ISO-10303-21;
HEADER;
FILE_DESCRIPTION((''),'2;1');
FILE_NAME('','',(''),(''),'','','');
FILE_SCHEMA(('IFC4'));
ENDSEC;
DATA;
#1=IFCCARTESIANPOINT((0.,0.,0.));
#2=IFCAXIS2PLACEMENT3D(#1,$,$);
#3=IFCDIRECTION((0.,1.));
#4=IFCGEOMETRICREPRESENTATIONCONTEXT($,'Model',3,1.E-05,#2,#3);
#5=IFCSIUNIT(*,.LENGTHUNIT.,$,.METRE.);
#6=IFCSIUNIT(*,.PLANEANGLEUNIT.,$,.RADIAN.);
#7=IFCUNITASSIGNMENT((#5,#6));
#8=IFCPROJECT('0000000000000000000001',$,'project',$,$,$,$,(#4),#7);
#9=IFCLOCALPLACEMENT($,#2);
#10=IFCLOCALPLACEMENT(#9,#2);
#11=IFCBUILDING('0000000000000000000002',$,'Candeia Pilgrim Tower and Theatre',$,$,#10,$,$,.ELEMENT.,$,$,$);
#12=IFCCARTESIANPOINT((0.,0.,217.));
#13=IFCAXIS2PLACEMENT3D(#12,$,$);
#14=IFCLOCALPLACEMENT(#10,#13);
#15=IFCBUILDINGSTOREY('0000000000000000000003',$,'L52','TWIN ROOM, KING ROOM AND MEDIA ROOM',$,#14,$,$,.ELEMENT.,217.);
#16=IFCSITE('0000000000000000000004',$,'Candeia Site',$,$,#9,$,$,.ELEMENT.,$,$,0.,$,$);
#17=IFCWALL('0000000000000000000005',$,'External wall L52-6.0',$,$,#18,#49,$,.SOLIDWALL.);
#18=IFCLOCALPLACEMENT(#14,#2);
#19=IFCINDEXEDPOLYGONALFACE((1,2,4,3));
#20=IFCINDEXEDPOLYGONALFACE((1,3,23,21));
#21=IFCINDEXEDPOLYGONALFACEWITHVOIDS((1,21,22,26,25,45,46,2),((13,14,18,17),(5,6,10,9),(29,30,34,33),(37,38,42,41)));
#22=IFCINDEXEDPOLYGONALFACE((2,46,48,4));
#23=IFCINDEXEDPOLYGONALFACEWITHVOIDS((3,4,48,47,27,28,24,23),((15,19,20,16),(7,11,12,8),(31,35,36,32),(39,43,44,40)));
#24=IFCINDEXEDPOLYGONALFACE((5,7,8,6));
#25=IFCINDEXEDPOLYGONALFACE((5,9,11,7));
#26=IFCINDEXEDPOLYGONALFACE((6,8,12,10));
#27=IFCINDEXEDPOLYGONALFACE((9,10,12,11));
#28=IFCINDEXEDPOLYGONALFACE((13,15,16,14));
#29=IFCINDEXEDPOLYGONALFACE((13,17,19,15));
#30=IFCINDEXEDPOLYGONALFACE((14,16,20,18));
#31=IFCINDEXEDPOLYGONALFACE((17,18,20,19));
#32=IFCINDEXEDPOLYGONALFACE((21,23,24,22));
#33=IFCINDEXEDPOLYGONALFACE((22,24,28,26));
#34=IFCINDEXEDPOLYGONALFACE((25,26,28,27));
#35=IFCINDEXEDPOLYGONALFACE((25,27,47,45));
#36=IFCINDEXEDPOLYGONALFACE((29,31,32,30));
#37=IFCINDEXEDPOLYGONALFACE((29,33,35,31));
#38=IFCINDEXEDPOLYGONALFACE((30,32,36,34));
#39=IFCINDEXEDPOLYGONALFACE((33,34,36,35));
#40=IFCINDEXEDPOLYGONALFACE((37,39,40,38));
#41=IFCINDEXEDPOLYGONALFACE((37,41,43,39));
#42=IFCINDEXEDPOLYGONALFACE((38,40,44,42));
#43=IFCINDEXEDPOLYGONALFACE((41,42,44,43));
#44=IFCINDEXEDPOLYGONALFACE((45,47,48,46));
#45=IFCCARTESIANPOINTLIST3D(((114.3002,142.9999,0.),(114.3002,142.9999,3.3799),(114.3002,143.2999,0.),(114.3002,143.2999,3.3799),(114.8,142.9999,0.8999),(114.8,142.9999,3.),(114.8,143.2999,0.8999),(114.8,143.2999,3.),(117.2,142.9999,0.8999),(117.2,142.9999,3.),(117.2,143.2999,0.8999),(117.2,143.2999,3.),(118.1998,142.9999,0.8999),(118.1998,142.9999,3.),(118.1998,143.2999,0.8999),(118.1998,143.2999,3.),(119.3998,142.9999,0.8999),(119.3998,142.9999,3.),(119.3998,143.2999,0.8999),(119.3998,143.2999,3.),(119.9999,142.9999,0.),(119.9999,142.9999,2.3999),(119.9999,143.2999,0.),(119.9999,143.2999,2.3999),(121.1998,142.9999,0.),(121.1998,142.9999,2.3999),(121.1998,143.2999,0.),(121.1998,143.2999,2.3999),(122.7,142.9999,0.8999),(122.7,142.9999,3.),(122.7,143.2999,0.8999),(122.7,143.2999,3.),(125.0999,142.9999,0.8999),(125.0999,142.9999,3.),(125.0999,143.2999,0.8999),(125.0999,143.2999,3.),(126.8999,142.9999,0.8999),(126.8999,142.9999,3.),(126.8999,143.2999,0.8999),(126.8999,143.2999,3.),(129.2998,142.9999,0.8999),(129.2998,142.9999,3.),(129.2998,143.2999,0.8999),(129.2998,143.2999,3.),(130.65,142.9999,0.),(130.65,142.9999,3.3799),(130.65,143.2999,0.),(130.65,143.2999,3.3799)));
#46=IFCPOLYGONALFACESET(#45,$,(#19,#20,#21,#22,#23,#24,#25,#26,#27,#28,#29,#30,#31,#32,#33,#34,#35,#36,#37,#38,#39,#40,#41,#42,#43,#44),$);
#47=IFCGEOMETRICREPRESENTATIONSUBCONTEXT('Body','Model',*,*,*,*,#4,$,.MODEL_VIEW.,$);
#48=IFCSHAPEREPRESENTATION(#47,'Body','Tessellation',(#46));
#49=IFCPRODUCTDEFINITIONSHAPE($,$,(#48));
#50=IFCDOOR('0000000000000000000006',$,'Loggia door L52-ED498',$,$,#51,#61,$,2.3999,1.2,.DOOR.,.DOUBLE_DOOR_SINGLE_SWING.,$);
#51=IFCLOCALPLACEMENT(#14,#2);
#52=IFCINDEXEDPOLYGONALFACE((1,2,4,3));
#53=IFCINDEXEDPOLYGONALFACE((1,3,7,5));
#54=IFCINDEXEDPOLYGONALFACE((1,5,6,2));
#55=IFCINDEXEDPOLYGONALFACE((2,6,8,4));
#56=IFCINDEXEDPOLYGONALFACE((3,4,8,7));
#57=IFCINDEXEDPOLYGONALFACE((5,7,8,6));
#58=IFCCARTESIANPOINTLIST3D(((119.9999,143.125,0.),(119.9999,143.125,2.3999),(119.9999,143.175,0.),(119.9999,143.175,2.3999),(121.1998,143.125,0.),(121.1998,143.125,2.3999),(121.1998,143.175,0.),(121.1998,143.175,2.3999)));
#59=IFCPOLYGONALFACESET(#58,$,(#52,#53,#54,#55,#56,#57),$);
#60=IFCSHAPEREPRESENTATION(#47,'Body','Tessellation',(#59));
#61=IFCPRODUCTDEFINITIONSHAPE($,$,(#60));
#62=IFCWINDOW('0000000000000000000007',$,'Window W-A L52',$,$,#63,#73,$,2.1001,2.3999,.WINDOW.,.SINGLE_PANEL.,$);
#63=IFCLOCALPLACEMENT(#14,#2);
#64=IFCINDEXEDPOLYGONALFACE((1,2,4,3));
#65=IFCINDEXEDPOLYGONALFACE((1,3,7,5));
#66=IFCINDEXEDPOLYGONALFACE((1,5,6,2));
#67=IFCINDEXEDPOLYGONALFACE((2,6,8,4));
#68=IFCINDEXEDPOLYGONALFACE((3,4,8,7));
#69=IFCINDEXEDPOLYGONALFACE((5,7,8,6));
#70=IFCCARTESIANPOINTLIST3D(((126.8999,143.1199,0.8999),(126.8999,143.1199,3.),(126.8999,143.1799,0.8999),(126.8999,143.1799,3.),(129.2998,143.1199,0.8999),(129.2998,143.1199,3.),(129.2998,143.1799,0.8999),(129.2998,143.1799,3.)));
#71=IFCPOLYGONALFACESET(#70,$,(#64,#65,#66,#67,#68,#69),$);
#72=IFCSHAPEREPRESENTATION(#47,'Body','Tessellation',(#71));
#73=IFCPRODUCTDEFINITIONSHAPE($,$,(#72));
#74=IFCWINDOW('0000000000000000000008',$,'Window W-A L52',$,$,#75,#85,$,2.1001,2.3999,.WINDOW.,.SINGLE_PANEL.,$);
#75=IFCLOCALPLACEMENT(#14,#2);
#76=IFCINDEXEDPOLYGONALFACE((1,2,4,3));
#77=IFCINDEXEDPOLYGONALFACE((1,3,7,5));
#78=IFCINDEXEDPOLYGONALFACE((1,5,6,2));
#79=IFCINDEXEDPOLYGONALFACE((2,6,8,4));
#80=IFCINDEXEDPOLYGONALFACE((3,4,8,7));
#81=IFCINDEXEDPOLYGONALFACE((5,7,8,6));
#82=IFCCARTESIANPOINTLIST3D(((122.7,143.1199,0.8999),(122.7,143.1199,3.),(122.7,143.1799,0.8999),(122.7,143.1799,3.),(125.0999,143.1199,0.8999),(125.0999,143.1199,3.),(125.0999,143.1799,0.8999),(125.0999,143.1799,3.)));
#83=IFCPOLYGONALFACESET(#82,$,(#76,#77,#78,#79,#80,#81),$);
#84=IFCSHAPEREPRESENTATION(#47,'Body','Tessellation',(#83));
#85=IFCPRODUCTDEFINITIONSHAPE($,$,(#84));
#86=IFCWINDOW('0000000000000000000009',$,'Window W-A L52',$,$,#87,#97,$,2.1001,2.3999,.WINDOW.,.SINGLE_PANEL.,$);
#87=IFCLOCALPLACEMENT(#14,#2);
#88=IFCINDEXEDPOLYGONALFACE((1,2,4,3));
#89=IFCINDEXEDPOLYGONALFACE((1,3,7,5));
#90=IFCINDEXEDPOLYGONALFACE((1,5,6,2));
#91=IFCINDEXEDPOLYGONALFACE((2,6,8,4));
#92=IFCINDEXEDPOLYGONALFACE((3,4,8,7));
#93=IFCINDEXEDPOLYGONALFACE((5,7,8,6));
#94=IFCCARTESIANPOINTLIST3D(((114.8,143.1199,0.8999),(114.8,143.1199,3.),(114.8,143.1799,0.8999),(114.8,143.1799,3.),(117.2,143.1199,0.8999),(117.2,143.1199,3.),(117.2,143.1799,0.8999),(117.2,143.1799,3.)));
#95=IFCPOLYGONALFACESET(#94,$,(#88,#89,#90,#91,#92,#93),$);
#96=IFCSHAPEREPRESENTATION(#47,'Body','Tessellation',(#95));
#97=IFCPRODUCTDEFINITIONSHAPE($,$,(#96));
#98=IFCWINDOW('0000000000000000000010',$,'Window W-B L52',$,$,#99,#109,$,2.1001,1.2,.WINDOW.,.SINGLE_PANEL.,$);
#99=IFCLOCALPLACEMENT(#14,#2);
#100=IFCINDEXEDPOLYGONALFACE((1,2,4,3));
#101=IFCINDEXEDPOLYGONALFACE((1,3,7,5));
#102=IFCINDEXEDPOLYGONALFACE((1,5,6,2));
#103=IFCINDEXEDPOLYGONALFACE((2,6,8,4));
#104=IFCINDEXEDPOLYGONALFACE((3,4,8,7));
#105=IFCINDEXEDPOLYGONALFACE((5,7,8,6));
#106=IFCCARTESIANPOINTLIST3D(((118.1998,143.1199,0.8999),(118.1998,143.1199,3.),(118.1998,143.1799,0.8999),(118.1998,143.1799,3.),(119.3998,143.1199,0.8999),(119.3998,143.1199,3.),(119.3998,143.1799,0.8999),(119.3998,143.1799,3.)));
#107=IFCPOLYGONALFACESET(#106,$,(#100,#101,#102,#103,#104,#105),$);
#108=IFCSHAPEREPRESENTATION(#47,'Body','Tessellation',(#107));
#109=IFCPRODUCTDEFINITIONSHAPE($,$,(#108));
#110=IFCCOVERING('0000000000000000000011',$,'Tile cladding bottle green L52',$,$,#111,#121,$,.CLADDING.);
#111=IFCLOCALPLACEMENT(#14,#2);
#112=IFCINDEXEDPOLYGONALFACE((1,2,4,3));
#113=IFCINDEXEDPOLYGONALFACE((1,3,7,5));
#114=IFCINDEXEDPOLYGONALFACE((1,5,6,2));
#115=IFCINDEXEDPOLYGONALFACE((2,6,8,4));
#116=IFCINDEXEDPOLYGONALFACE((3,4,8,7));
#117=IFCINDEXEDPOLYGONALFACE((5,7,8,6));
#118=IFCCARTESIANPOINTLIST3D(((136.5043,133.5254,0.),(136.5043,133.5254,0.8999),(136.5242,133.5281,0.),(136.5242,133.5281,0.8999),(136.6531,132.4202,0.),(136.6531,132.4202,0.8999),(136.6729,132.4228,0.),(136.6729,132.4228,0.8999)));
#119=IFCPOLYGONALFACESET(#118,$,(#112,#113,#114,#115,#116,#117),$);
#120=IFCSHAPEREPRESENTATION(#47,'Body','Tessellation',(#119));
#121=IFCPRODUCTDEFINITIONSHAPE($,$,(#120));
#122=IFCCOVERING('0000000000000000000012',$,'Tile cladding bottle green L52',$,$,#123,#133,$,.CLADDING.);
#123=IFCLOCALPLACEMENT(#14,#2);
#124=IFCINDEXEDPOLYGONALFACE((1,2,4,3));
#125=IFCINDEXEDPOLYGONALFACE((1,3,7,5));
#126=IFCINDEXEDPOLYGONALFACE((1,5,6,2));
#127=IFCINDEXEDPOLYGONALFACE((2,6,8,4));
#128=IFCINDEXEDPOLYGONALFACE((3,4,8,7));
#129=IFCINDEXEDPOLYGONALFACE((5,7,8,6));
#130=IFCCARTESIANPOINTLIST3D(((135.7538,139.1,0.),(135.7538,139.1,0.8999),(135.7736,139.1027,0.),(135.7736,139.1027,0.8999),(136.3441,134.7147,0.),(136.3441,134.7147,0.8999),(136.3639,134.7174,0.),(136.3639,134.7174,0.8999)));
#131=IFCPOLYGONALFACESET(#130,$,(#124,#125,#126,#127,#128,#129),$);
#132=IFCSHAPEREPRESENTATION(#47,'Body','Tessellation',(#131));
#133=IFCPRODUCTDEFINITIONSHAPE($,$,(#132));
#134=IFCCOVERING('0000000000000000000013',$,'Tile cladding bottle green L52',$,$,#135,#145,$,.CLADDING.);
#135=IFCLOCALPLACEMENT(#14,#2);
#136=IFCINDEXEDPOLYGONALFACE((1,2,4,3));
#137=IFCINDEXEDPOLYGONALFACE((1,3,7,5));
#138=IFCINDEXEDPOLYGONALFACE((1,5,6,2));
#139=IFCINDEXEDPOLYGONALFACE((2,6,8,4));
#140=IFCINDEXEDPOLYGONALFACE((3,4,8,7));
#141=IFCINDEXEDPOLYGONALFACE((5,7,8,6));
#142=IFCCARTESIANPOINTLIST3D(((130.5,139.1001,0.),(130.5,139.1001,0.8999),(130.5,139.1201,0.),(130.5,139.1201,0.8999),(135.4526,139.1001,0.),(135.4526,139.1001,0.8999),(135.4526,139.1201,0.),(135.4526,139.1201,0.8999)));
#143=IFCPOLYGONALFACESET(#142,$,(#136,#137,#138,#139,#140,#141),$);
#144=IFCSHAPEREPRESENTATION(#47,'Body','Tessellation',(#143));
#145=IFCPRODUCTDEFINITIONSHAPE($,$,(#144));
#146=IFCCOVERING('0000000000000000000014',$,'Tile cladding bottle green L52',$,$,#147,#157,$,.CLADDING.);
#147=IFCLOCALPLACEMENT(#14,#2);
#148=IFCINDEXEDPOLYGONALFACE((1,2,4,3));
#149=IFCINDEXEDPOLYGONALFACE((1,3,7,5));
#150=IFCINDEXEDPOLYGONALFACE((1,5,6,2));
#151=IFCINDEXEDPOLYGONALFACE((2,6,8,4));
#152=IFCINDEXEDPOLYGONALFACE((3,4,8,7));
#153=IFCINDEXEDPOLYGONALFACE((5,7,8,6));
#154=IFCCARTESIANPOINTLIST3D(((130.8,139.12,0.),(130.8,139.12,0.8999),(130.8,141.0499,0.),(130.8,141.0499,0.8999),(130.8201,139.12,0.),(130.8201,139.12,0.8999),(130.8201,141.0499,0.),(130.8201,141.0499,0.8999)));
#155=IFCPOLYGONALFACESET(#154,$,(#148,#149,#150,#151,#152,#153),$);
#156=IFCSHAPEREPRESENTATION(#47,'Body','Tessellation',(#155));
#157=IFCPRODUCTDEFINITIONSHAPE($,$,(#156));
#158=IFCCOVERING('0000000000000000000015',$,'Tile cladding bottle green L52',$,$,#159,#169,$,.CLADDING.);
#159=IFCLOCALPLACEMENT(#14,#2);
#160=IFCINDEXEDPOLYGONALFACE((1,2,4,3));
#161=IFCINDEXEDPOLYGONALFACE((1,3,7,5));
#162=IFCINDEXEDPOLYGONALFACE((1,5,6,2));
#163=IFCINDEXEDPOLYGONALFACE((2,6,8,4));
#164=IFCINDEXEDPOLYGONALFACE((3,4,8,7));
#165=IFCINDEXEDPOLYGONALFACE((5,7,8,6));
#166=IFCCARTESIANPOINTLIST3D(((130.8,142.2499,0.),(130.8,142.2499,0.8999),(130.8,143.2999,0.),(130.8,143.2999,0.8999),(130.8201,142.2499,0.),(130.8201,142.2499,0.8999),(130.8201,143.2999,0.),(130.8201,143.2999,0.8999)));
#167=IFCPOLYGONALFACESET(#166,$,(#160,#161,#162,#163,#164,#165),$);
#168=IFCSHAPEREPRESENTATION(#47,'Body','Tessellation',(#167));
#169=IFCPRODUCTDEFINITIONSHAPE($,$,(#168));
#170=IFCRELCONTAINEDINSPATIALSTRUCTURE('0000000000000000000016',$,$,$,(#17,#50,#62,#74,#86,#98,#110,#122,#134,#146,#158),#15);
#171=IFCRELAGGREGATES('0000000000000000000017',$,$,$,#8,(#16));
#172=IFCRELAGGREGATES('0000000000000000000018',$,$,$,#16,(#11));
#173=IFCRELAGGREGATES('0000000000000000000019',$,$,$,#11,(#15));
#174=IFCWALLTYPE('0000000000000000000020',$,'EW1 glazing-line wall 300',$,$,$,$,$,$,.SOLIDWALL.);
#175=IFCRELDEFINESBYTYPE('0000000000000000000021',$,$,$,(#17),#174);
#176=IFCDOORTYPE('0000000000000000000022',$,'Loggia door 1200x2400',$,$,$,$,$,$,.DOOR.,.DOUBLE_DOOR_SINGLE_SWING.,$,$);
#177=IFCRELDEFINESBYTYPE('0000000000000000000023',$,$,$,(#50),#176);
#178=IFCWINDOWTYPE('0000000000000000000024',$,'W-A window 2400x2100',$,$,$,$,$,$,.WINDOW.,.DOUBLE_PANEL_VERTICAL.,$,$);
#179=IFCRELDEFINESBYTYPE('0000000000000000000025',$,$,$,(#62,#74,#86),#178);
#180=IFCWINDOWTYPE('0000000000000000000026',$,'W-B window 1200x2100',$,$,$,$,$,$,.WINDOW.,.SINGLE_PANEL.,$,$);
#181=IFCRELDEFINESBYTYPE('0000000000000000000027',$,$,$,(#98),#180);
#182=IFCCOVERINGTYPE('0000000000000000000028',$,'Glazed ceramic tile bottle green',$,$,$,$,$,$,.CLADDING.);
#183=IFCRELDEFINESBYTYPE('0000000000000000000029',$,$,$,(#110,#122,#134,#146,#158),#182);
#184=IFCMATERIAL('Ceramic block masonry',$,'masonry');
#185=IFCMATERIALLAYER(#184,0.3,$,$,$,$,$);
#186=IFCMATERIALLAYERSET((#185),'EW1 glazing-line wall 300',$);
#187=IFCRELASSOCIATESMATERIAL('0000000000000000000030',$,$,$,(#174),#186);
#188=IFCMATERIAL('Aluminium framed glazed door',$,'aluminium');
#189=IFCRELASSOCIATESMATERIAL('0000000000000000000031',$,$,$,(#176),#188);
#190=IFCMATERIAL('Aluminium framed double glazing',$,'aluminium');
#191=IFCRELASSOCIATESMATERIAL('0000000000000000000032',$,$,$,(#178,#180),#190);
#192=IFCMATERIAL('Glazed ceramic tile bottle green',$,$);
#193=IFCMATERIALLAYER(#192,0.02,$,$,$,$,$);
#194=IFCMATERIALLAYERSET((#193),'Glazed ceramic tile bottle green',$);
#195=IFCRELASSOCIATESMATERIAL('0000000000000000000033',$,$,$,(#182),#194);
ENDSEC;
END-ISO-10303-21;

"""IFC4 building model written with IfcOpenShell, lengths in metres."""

from ifc_helpers import new_model, si_unit, direction, frame, frame_2d, origin, origin_2d, place, context, subcontext, project, spatial, rectangle, extrude, material, layer, layer_set, type_object, element, fill, save


model = new_model("IFC4")

# Units and contexts
model_context = context("Model", 3, precision=1e-05, world=origin(), true_north=direction((0.0, 1.0)))
body_context = subcontext(model_context, "Body", "Model", "MODEL_VIEW")
ifc_project = project(units=[si_unit("LENGTHUNIT", "METRE"), si_unit("PLANEANGLEUNIT", "RADIAN")], contexts=[model_context])

# Site, building, storey
site_placement = place(None, origin())
site = spatial("IfcSite", under=ifc_project, at=site_placement, Name="Candeia Site", CompositionType="ELEMENT", RefElevation=0.0)
building_placement = place(site_placement, origin())
building = spatial("IfcBuilding", under=site, at=building_placement, Name="Candeia Pilgrim Tower and Theatre", CompositionType="ELEMENT")
storey_placement = place(building_placement, frame((0.0, 0.0, 217.0)))
storey = spatial("IfcBuildingStorey", under=building, at=storey_placement, Name="L52", Description="TWIN ROOM, KING ROOM AND MEDIA ROOM", CompositionType="ELEMENT", Elevation=217.0)

# Shared definitions
ifc_material_1 = material(Name="Ceramic block masonry", Category="masonry")
ifc_layer_1 = layer(ifc_material_1, 0.3)
ifc_layer_set_1 = layer_set([ifc_layer_1], Name="EW1 glazing-line wall 300")
wall_type = type_object("IfcWallType", Name="EW1 glazing-line wall 300", PredefinedType="SOLIDWALL", material=ifc_layer_set_1)
ifc_material_2 = material(Name="Aluminium framed glazed door", Category="aluminium")
door_type = type_object("IfcDoorType", Name="Loggia door 1200x2400", OperationType="DOUBLE_DOOR_SINGLE_SWING", PredefinedType="DOOR", material=ifc_material_2)
ifc_material_3 = material(Name="Aluminium framed double glazing", Category="aluminium")
window_type_1 = type_object("IfcWindowType", Name="W-A window 2400x2100", PartitioningType="DOUBLE_PANEL_VERTICAL", PredefinedType="WINDOW", material=ifc_material_3)

# Shared definitions
window_type_2 = type_object("IfcWindowType", Name="W-B window 1200x2100", PartitioningType="SINGLE_PANEL", PredefinedType="WINDOW", material=ifc_material_3)

# Wall, openings, door, windows
wall_1_placement = place(storey_placement, frame((130.6499, 143.1499, 0.0), z_axis=(0.0, 0.0, 1.0), x_axis=(-1.0, 0.0, 0.0)))
wall_1 = element("IfcWall", 1, at=wall_1_placement, inside=storey, type_object=wall_type, Name="External wall L52-6.0", PredefinedType="SOLIDWALL", context=body_context, shape_type="SweptSolid", body=[
    extrude(rectangle(XDim=16.3499, YDim=0.3, at=frame_2d((8.1748, 0.0))), origin(), (0.0, 0.0, 1.0), 3.3799),
])
opening_1_placement = place(wall_1_placement, frame((1.3501, 0.0, 0.8999)))
opening_1 = element("IfcOpeningElement", 2, at=opening_1_placement, cuts=wall_1, PredefinedType="OPENING", context=body_context, shape_type="SweptSolid", body=[
    extrude(rectangle(XDim=2.3999, YDim=2.1001, at=frame_2d((1.2, 1.05))), frame((0.0, 0.1602, 0.0), z_axis=(0.0, -1.0, 0.0), x_axis=(1.0, 0.0, 0.0)), (0.0, 0.0, 1.0), 0.3201),
])
opening_2_placement = place(wall_1_placement, frame((5.55, 0.0, 0.8999)))
opening_2 = element("IfcOpeningElement", 3, at=opening_2_placement, cuts=wall_1, PredefinedType="OPENING", context=body_context, shape_type="SweptSolid", body=[
    extrude(rectangle(XDim=2.3999, YDim=2.1001, at=frame_2d((1.2, 1.05))), frame((0.0, 0.1602, 0.0), z_axis=(0.0, -1.0, 0.0), x_axis=(1.0, 0.0, 0.0)), (0.0, 0.0, 1.0), 0.3201),
])
opening_3_placement = place(wall_1_placement, frame((9.45, 0.0, 0.0)))
opening_3 = element("IfcOpeningElement", 4, at=opening_3_placement, cuts=wall_1, PredefinedType="OPENING", context=body_context, shape_type="SweptSolid", body=[
    extrude(rectangle(XDim=1.2, YDim=2.3999, at=frame_2d((0.6001, 1.2))), frame((0.0, 0.1602, 0.0), z_axis=(0.0, -1.0, 0.0), x_axis=(1.0, 0.0, 0.0)), (0.0, 0.0, 1.0), 0.3201),
])
opening_4_placement = place(wall_1_placement, frame((11.25, 0.0, 0.8999)))
opening_4 = element("IfcOpeningElement", 5, at=opening_4_placement, cuts=wall_1, PredefinedType="OPENING", context=body_context, shape_type="SweptSolid", body=[
    extrude(rectangle(XDim=1.2, YDim=2.1001, at=frame_2d((0.6001, 1.05))), frame((0.0, 0.1602, 0.0), z_axis=(0.0, -1.0, 0.0), x_axis=(1.0, 0.0, 0.0)), (0.0, 0.0, 1.0), 0.3201),
])
opening_5_placement = place(wall_1_placement, frame((13.45, 0.0, 0.8999)))
opening_5 = element("IfcOpeningElement", 6, at=opening_5_placement, cuts=wall_1, PredefinedType="OPENING", context=body_context, shape_type="SweptSolid", body=[
    extrude(rectangle(XDim=2.3999, YDim=2.1001, at=frame_2d((1.2, 1.05))), frame((0.0, 0.1602, 0.0), z_axis=(0.0, -1.0, 0.0), x_axis=(1.0, 0.0, 0.0)), (0.0, 0.0, 1.0), 0.3201),
])
door_1_placement = place(opening_3_placement, origin())
door_1 = element("IfcDoor", 7, at=door_1_placement, inside=storey, type_object=door_type, Name="Loggia door L52-ED498", OperationType="DOUBLE_DOOR_SINGLE_SWING", OverallHeight=2.3999, OverallWidth=1.2, PredefinedType="DOOR", context=body_context, shape_type="SweptSolid", body=[
    extrude(rectangle(XDim=1.2, YDim=2.3999, at=frame_2d((0.6001, 1.2))), frame((0.0, 0.0249, 0.0), z_axis=(0.0, -1.0, 0.0), x_axis=(1.0, 0.0, 0.0)), (0.0, 0.0, 1.0), 0.05),
])
fill(opening_3, door_1)
window_1_placement = place(opening_1_placement, origin())
window_1 = element("IfcWindow", 8, at=window_1_placement, inside=storey, type_object=window_type_1, Name="Window W-A L52", OverallHeight=2.1001, OverallWidth=2.3999, PartitioningType="SINGLE_PANEL", PredefinedType="WINDOW", context=body_context, shape_type="SweptSolid", body=[
    extrude(rectangle(XDim=2.3999, YDim=2.1001, at=frame_2d((1.2, 1.05))), frame((0.0, 0.03, 0.0), z_axis=(0.0, -1.0, 0.0), x_axis=(1.0, 0.0, 0.0)), (0.0, 0.0, 1.0), 0.0601),
])
fill(opening_1, window_1)
window_2_placement = place(opening_2_placement, origin())
window_2 = element("IfcWindow", 9, at=window_2_placement, inside=storey, type_object=window_type_1, Name="Window W-A L52", OverallHeight=2.1001, OverallWidth=2.3999, PartitioningType="SINGLE_PANEL", PredefinedType="WINDOW", context=body_context, shape_type="SweptSolid", body=[
    extrude(rectangle(XDim=2.3999, YDim=2.1001, at=frame_2d((1.2, 1.05))), frame((0.0, 0.03, 0.0), z_axis=(0.0, -1.0, 0.0), x_axis=(1.0, 0.0, 0.0)), (0.0, 0.0, 1.0), 0.0601),
])
fill(opening_2, window_2)
window_3_placement = place(opening_5_placement, origin())
window_3 = element("IfcWindow", 10, at=window_3_placement, inside=storey, type_object=window_type_1, Name="Window W-A L52", OverallHeight=2.1001, OverallWidth=2.3999, PartitioningType="SINGLE_PANEL", PredefinedType="WINDOW", context=body_context, shape_type="SweptSolid", body=[
    extrude(rectangle(XDim=2.3999, YDim=2.1001, at=frame_2d((1.2, 1.05))), frame((0.0, 0.03, 0.0), z_axis=(0.0, -1.0, 0.0), x_axis=(1.0, 0.0, 0.0)), (0.0, 0.0, 1.0), 0.0601),
])
fill(opening_5, window_3)
window_4_placement = place(opening_4_placement, origin())
window_4 = element("IfcWindow", 11, at=window_4_placement, inside=storey, type_object=window_type_2, Name="Window W-B L52", OverallHeight=2.1001, OverallWidth=1.2, PartitioningType="SINGLE_PANEL", PredefinedType="WINDOW", context=body_context, shape_type="SweptSolid", body=[
    extrude(rectangle(XDim=1.2, YDim=2.1001, at=frame_2d((0.6001, 1.05))), frame((0.0, 0.03, 0.0), z_axis=(0.0, -1.0, 0.0), x_axis=(1.0, 0.0, 0.0)), (0.0, 0.0, 1.0), 0.0601),
])
fill(opening_4, window_4)

# Coverings
ifc_material_4 = material(Name="Glazed ceramic tile bottle green")
ifc_layer_2 = layer(ifc_material_4, 0.02)
ifc_layer_set_2 = layer_set([ifc_layer_2], Name="Glazed ceramic tile bottle green")
covering_type = type_object("IfcCoveringType", Name="Glazed ceramic tile bottle green", PredefinedType="CLADDING", material=ifc_layer_set_2)
covering_1_placement = place(storey_placement, frame((136.5886, 132.9741, 0.0), z_axis=(0.0, 0.0, 1.0), x_axis=(-0.133412, 0.991061, 0.0)))
element("IfcCovering", 12, at=covering_1_placement, inside=storey, type_object=covering_type, Name="Tile cladding bottle green L52", PredefinedType="CLADDING", context=body_context, shape_type="SweptSolid", body=[
    extrude(rectangle(XDim=1.1152, YDim=0.02, at=origin_2d()), origin(), (0.0, 0.0, 1.0), 0.8999),
])
covering_2_placement = place(storey_placement, frame((136.0588, 136.9087, 0.0), z_axis=(0.0, 0.0, 1.0), x_axis=(-0.133412, 0.991061, 0.0)))
element("IfcCovering", 13, at=covering_2_placement, inside=storey, type_object=covering_type, Name="Tile cladding bottle green L52", PredefinedType="CLADDING", context=body_context, shape_type="SweptSolid", body=[
    extrude(rectangle(XDim=4.4248, YDim=0.02, at=origin_2d()), origin(), (0.0, 0.0, 1.0), 0.8999),
])
covering_3_placement = place(storey_placement, frame((132.9763, 139.1101, 0.0), z_axis=(0.0, 0.0, 1.0), x_axis=(-1.0, 0.0, 0.0)))
element("IfcCovering", 14, at=covering_3_placement, inside=storey, type_object=covering_type, Name="Tile cladding bottle green L52", PredefinedType="CLADDING", context=body_context, shape_type="SweptSolid", body=[
    extrude(rectangle(XDim=4.9526, YDim=0.02, at=origin_2d()), origin(), (0.0, 0.0, 1.0), 0.8999),
])
covering_4_placement = place(storey_placement, frame((130.8101, 140.085, 0.0), z_axis=(0.0, 0.0, 1.0), x_axis=(0.0, 1.0, 0.0)))
element("IfcCovering", 15, at=covering_4_placement, inside=storey, type_object=covering_type, Name="Tile cladding bottle green L52", PredefinedType="CLADDING", context=body_context, shape_type="SweptSolid", body=[
    extrude(rectangle(XDim=1.9299, YDim=0.02, at=origin_2d()), origin(), (0.0, 0.0, 1.0), 0.8999),
])
covering_5_placement = place(storey_placement, frame((130.8101, 142.7749, 0.0), z_axis=(0.0, 0.0, 1.0), x_axis=(0.0, 1.0, 0.0)))
element("IfcCovering", 16, at=covering_5_placement, inside=storey, type_object=covering_type, Name="Tile cladding bottle green L52", PredefinedType="CLADDING", context=body_context, shape_type="SweptSolid", body=[
    extrude(rectangle(XDim=1.05, YDim=0.02, at=origin_2d()), origin(), (0.0, 0.0, 1.0), 0.8999),
])

save(model, "model.ifc")
